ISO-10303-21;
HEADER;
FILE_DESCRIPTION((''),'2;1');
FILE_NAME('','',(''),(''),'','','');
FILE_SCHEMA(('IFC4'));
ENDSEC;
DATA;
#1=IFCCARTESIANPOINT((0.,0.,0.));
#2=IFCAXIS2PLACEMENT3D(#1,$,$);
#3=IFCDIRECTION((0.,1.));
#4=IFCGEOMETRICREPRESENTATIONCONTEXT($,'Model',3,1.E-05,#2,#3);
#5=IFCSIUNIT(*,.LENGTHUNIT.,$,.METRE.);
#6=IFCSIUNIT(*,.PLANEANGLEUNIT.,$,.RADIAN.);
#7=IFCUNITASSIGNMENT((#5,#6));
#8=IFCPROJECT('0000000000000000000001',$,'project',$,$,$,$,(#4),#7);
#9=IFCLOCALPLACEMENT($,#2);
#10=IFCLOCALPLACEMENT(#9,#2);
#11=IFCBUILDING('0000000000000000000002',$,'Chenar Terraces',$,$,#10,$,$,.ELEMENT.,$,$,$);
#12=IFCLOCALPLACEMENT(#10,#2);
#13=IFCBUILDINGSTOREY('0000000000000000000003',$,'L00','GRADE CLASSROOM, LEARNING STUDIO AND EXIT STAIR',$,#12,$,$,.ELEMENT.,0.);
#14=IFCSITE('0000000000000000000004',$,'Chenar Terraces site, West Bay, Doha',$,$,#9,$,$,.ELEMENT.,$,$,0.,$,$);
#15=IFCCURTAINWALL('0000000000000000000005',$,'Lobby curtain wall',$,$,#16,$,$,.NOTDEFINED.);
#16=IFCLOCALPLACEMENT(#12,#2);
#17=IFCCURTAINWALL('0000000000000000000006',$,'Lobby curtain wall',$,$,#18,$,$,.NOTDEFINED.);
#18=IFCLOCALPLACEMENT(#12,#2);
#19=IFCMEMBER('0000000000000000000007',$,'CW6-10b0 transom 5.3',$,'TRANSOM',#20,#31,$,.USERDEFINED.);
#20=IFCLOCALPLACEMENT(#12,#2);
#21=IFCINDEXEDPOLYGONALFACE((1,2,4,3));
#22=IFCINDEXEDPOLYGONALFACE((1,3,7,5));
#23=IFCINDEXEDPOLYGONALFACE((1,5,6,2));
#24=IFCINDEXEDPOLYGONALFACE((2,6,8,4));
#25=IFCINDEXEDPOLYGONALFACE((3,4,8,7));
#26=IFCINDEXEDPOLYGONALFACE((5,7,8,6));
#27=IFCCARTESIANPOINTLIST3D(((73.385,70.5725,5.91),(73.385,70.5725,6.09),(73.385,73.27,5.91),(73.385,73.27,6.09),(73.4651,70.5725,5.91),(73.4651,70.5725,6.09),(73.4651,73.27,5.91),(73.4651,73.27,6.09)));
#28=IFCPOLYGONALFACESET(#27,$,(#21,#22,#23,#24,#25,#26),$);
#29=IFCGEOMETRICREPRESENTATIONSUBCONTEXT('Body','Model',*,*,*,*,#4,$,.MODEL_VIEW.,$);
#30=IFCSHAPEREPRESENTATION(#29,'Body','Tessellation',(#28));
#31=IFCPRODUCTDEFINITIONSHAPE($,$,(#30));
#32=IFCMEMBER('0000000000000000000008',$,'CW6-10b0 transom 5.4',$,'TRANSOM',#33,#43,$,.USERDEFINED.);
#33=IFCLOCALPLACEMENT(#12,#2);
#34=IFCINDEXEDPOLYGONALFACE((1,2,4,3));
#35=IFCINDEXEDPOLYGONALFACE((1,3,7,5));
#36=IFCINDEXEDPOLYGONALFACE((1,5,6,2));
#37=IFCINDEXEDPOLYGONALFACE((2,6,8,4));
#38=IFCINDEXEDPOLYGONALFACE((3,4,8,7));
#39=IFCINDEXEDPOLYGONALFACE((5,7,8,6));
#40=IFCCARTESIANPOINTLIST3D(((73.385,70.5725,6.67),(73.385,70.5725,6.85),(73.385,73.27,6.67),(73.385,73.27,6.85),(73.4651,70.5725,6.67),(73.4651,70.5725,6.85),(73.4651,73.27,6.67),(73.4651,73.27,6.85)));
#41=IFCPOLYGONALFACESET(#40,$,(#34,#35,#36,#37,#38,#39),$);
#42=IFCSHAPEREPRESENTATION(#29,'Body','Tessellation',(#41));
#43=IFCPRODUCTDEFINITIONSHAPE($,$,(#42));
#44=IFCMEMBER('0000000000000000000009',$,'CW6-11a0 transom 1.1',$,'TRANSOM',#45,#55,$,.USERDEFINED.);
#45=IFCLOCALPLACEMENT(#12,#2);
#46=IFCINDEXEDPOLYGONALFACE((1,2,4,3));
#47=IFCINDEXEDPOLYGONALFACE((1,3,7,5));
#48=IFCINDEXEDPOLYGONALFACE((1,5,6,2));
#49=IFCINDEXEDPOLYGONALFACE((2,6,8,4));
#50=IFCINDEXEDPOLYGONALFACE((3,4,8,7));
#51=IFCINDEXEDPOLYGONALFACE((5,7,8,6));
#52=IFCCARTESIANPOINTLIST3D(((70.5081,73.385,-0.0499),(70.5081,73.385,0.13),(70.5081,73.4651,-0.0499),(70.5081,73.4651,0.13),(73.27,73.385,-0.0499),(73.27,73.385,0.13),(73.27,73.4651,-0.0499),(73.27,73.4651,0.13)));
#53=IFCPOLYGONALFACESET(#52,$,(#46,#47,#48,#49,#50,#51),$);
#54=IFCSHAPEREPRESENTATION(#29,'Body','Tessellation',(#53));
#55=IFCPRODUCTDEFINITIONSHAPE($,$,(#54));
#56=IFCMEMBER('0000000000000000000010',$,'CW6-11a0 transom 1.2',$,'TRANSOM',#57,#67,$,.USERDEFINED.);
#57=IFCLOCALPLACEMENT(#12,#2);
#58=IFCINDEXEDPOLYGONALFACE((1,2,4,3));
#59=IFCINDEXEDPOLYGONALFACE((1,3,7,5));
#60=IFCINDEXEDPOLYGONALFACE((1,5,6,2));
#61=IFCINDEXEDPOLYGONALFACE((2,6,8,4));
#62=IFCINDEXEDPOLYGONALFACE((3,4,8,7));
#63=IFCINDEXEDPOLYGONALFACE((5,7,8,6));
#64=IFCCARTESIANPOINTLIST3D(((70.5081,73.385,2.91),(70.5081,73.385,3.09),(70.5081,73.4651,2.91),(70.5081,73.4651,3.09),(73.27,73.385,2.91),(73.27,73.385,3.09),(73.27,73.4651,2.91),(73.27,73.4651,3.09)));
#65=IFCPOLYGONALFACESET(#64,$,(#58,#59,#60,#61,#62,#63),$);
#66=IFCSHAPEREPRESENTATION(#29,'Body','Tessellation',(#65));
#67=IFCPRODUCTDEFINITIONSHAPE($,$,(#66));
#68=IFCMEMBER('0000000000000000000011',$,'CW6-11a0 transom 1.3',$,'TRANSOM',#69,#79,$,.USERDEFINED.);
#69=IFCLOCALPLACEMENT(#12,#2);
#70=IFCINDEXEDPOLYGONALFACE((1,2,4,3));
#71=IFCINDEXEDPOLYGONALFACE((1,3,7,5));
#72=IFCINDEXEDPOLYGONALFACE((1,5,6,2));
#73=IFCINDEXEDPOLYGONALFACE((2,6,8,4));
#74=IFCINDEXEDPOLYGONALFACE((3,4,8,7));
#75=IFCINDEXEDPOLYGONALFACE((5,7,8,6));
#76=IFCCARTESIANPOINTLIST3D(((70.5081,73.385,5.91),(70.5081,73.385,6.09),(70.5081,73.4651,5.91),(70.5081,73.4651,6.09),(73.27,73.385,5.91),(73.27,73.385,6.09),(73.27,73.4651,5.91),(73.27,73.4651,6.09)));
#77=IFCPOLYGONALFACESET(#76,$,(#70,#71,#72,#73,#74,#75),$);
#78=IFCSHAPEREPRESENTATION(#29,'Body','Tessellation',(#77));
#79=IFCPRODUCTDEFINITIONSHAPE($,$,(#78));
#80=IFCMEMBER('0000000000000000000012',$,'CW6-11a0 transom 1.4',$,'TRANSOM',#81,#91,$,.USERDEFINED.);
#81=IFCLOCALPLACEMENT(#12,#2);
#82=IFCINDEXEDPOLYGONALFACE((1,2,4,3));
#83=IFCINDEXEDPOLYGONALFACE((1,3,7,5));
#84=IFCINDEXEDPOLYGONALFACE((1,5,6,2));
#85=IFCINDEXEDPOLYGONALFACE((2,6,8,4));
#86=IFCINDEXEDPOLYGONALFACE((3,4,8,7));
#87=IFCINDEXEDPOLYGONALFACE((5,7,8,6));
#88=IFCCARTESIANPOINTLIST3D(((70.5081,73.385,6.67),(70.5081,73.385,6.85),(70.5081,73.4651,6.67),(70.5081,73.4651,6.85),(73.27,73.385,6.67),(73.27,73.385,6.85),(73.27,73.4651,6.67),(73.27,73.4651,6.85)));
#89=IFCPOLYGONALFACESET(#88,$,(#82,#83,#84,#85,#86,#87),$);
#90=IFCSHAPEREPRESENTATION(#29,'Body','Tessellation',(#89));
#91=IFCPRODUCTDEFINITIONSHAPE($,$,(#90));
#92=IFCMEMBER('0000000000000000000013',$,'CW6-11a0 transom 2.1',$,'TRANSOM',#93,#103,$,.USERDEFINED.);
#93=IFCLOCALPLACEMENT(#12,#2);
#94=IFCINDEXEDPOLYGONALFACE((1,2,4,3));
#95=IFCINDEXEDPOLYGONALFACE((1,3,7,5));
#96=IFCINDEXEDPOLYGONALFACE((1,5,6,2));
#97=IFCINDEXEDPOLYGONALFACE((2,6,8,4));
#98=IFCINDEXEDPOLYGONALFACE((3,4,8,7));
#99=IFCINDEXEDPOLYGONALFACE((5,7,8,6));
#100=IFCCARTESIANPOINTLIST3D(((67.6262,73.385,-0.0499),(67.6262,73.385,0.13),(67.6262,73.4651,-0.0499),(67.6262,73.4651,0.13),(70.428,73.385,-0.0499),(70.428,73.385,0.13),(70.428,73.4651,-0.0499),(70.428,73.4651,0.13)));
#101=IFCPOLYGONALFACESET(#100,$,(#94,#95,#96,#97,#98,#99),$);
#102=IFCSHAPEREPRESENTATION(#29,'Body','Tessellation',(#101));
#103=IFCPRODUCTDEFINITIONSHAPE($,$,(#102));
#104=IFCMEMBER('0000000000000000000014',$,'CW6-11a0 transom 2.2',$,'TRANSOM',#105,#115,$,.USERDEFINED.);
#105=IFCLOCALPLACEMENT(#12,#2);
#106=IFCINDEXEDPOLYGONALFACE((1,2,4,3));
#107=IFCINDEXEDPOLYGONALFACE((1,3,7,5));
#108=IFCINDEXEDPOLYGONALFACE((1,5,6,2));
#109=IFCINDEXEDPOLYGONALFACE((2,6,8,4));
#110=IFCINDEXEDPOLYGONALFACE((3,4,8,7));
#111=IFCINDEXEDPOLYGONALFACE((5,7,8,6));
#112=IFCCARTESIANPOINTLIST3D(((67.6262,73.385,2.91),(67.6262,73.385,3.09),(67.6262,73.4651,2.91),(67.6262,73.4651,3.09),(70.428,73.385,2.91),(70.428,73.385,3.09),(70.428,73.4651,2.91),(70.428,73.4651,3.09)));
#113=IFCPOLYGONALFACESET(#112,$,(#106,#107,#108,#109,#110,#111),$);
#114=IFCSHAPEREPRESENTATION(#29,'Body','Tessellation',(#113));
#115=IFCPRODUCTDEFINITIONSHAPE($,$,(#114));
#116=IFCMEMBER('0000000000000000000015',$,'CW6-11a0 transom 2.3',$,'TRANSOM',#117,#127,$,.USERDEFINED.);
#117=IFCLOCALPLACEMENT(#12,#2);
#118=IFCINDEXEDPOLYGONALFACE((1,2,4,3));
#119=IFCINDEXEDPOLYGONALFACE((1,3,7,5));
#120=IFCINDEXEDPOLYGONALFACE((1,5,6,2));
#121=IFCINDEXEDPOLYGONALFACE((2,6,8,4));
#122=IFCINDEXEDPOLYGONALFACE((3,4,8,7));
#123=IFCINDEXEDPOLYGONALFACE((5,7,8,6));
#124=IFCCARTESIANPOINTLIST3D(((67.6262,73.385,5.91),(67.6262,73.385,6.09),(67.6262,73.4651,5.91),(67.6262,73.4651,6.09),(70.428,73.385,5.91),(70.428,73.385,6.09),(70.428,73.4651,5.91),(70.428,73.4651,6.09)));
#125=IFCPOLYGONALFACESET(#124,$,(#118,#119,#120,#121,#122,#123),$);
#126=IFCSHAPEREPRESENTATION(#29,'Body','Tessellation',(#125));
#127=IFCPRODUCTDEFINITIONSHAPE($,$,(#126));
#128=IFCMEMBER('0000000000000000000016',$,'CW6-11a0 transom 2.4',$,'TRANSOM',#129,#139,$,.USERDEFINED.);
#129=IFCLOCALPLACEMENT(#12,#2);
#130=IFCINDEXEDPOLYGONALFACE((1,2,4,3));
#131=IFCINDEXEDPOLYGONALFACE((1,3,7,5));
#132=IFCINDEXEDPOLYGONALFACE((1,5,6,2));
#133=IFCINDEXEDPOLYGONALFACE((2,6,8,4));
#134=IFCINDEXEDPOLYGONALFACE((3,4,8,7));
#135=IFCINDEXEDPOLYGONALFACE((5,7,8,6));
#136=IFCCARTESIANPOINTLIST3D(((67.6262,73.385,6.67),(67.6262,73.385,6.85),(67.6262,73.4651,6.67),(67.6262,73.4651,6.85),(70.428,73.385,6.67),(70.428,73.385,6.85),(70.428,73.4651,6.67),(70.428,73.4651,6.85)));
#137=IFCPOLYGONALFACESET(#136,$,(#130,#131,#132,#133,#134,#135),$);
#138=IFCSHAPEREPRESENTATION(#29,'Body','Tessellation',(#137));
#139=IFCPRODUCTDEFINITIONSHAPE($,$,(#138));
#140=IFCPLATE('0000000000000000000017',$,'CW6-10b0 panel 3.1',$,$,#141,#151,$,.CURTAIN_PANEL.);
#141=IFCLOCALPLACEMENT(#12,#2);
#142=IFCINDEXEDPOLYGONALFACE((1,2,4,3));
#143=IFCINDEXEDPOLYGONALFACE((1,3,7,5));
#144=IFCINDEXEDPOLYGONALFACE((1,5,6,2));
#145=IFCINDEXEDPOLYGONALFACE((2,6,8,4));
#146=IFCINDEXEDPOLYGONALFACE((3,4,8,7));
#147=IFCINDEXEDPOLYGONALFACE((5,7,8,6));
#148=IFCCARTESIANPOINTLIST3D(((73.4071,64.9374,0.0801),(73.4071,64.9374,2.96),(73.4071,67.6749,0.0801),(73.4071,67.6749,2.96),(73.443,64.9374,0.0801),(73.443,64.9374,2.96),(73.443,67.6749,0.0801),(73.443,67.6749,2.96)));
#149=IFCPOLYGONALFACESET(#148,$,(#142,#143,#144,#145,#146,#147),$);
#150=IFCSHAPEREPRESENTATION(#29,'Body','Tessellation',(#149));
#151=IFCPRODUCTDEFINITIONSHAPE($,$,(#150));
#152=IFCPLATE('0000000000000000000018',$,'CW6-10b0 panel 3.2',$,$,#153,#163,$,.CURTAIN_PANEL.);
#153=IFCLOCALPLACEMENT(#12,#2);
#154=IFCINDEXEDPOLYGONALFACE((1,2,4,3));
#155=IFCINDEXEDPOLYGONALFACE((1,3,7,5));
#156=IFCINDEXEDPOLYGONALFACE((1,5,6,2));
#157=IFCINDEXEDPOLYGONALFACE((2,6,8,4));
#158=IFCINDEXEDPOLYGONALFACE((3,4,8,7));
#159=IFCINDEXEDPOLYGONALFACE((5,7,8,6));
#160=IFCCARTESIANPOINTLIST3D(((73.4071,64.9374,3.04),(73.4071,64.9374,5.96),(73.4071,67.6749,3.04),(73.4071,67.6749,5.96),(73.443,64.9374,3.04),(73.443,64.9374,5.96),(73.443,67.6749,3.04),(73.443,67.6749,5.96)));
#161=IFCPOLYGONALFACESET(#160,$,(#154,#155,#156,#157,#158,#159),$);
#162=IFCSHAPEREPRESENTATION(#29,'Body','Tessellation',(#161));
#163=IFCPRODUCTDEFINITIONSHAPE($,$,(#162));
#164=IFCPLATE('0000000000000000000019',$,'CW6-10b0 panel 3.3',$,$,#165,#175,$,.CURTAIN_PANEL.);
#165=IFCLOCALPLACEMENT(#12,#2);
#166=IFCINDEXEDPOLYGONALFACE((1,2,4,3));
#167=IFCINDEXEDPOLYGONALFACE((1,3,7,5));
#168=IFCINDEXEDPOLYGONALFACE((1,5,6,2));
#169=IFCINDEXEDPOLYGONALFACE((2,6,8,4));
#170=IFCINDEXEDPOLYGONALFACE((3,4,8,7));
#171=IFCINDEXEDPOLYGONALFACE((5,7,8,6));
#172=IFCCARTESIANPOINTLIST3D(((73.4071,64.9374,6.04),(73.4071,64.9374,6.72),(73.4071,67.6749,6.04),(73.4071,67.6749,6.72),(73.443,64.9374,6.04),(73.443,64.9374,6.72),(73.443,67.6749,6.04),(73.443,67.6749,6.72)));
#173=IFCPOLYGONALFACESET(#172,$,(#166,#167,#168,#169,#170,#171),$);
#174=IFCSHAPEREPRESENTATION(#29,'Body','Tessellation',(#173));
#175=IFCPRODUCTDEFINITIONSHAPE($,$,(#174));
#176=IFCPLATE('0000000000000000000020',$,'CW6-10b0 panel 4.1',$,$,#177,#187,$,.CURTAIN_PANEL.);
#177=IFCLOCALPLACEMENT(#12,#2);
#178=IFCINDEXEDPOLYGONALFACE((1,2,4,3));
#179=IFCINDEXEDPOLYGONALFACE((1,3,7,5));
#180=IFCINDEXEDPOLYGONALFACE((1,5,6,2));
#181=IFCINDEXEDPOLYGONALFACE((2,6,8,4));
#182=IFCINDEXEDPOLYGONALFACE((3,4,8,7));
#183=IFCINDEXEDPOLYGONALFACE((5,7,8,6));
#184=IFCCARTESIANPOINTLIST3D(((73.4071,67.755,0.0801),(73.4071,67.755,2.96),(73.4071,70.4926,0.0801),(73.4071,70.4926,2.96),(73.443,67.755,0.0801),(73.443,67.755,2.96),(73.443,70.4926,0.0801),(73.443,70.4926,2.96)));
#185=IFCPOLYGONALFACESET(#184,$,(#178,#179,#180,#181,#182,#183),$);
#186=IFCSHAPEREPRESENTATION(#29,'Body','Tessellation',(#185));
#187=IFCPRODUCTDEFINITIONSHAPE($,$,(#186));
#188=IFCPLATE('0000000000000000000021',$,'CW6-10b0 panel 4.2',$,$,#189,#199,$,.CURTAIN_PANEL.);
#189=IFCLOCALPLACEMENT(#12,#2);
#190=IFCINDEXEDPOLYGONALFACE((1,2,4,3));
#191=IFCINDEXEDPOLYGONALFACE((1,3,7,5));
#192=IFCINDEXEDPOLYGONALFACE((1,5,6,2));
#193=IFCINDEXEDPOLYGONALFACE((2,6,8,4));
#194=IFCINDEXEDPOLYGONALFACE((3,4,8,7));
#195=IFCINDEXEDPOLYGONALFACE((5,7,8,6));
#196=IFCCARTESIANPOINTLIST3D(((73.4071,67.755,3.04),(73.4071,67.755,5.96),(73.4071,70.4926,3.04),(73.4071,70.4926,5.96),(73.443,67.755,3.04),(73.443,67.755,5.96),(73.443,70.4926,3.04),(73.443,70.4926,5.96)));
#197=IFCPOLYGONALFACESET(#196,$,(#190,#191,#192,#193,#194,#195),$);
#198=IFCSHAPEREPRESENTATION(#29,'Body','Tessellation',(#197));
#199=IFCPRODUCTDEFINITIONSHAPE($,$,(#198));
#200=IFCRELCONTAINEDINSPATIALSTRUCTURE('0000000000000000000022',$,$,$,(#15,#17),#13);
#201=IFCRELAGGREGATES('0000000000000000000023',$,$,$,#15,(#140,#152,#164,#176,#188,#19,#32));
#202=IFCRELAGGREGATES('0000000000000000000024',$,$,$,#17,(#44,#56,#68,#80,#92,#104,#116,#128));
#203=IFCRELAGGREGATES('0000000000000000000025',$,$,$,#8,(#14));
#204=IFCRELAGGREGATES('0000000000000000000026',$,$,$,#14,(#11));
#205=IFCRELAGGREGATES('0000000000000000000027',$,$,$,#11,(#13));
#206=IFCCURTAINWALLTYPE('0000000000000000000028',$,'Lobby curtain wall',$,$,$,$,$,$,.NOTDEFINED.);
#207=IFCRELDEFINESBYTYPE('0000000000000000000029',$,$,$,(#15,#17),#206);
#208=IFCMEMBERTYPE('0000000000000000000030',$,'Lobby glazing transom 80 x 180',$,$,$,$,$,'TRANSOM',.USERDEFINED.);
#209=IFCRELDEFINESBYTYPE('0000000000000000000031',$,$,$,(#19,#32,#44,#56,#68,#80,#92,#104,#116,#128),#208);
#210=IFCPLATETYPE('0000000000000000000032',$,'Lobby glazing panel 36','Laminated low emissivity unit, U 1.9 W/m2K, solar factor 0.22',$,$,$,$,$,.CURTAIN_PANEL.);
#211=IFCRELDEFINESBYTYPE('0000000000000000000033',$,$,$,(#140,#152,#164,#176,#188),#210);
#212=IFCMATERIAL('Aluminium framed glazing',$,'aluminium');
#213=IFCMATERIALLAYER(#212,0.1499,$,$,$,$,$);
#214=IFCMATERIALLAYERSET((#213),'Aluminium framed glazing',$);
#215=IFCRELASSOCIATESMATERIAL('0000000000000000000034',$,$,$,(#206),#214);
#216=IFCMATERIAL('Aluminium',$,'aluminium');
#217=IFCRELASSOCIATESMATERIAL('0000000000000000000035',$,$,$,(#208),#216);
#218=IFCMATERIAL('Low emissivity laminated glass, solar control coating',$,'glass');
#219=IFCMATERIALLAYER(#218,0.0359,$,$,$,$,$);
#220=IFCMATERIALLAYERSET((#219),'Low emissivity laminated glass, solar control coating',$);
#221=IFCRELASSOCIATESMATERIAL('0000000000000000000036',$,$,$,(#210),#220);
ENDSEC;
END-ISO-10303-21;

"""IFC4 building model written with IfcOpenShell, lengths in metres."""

from ifc_helpers import new_model, si_unit, direction, frame, origin, origin_2d, place, context, subcontext, project, spatial, rectangle, extrude, material, layer, layer_set, material_profile, profile_set, type_object, element, aggregate, save


model = new_model("IFC4")

# Units and contexts
model_context = context("Model", 3, precision=1e-05, world=origin(), true_north=direction((0.0, 1.0)))
body_context = subcontext(model_context, "Body", "Model", "MODEL_VIEW")
ifc_project = project(units=[si_unit("LENGTHUNIT", "METRE"), si_unit("PLANEANGLEUNIT", "RADIAN")], contexts=[model_context])

# Site, building, storey
site_placement = place(None, origin())
site = spatial("IfcSite", under=ifc_project, at=site_placement, Name="Chenar Terraces site, West Bay, Doha", CompositionType="ELEMENT", RefElevation=0.0)
building_placement = place(site_placement, origin())
building = spatial("IfcBuilding", under=site, at=building_placement, Name="Chenar Terraces", CompositionType="ELEMENT")
storey_placement = place(building_placement, origin())
storey = spatial("IfcBuildingStorey", under=building, at=storey_placement, Name="L00", Description="GRADE CLASSROOM, LEARNING STUDIO AND EXIT STAIR", CompositionType="ELEMENT", Elevation=0.0)

# Curtain walls
ifc_material_1 = material(Name="Aluminium framed glazing", Category="aluminium")
ifc_layer_1 = layer(ifc_material_1, 0.1499)
ifc_layer_set_1 = layer_set([ifc_layer_1], Name="Aluminium framed glazing")
curtain_wall_type = type_object("IfcCurtainWallType", Name="Lobby curtain wall", PredefinedType="NOTDEFINED", material=ifc_layer_set_1)
placement = place(storey_placement, origin())
curtain_wall_1 = element("IfcCurtainWall", 1, at=placement, inside=storey, type_object=curtain_wall_type, Name="Lobby curtain wall", PredefinedType="NOTDEFINED")
curtain_wall_2 = element("IfcCurtainWall", 2, at=placement, inside=storey, type_object=curtain_wall_type, Name="Lobby curtain wall", PredefinedType="NOTDEFINED")

# Members
ifc_material_2 = material(Name="Aluminium", Category="aluminium")
ifc_material_profile_1 = material_profile(ifc_material_2, rectangle(XDim=0.0801, YDim=0.1799, at=origin_2d()), Name="Lobby glazing transom 80 x 180")
ifc_profile_set_1 = profile_set([ifc_material_profile_1], Name="Aluminium")
member_type_1 = type_object("IfcMemberType", Name="Lobby glazing transom 80 x 180", ElementType="TRANSOM", PredefinedType="USERDEFINED", material=ifc_profile_set_1)
member_1_placement = place(storey_placement, frame((73.425, 70.5725, 6.0), z_axis=(0.0, 1.0, 0.0), x_axis=(-1.0, 0.0, 0.0)))
member_1 = element("IfcMember", 3, at=member_1_placement, type_object=member_type_1, Name="CW6-10b0 transom 5.3", ObjectType="TRANSOM", PredefinedType="USERDEFINED", context=body_context, shape_type="SweptSolid", body=[
    extrude(rectangle(XDim=0.0801, YDim=0.1799, at=origin_2d()), origin(), (0.0, 0.0, 1.0), 2.6975),
])
member_2_placement = place(storey_placement, frame((73.425, 70.5725, 6.76), z_axis=(0.0, 1.0, 0.0), x_axis=(-1.0, 0.0, 0.0)))
member_2 = element("IfcMember", 4, at=member_2_placement, type_object=member_type_1, Name="CW6-10b0 transom 5.4", ObjectType="TRANSOM", PredefinedType="USERDEFINED", context=body_context, shape_type="SweptSolid", body=[
    extrude(rectangle(XDim=0.0801, YDim=0.1799, at=origin_2d()), origin(), (0.0, 0.0, 1.0), 2.6975),
])
member_3_placement = place(storey_placement, frame((73.27, 73.425, 0.04), z_axis=(-1.0, 0.0, 0.0), x_axis=(0.0, -1.0, 0.0)))
member_3 = element("IfcMember", 5, at=member_3_placement, type_object=member_type_1, Name="CW6-11a0 transom 1.1", ObjectType="TRANSOM", PredefinedType="USERDEFINED", context=body_context, shape_type="SweptSolid", body=[
    extrude(rectangle(XDim=0.0801, YDim=0.1799, at=origin_2d()), origin(), (0.0, 0.0, 1.0), 2.762),
])
member_4_placement = place(storey_placement, frame((73.27, 73.425, 3.0), z_axis=(-1.0, 0.0, 0.0), x_axis=(0.0, -1.0, 0.0)))
member_4 = element("IfcMember", 6, at=member_4_placement, type_object=member_type_1, Name="CW6-11a0 transom 1.2", ObjectType="TRANSOM", PredefinedType="USERDEFINED", context=body_context, shape_type="SweptSolid", body=[
    extrude(rectangle(XDim=0.0801, YDim=0.1799, at=origin_2d()), origin(), (0.0, 0.0, 1.0), 2.762),
])
member_5_placement = place(storey_placement, frame((73.27, 73.425, 6.0), z_axis=(-1.0, 0.0, 0.0), x_axis=(0.0, -1.0, 0.0)))
member_5 = element("IfcMember", 7, at=member_5_placement, type_object=member_type_1, Name="CW6-11a0 transom 1.3", ObjectType="TRANSOM", PredefinedType="USERDEFINED", context=body_context, shape_type="SweptSolid", body=[
    extrude(rectangle(XDim=0.0801, YDim=0.1799, at=origin_2d()), origin(), (0.0, 0.0, 1.0), 2.762),
])
member_6_placement = place(storey_placement, frame((73.27, 73.425, 6.76), z_axis=(-1.0, 0.0, 0.0), x_axis=(0.0, -1.0, 0.0)))
member_6 = element("IfcMember", 8, at=member_6_placement, type_object=member_type_1, Name="CW6-11a0 transom 1.4", ObjectType="TRANSOM", PredefinedType="USERDEFINED", context=body_context, shape_type="SweptSolid", body=[
    extrude(rectangle(XDim=0.0801, YDim=0.1799, at=origin_2d()), origin(), (0.0, 0.0, 1.0), 2.762),
])
member_7_placement = place(storey_placement, frame((70.428, 73.425, 0.04), z_axis=(-1.0, 0.0, 0.0), x_axis=(0.0, -1.0, 0.0)))
member_7 = element("IfcMember", 9, at=member_7_placement, type_object=member_type_1, Name="CW6-11a0 transom 2.1", ObjectType="TRANSOM", PredefinedType="USERDEFINED", context=body_context, shape_type="SweptSolid", body=[
    extrude(rectangle(XDim=0.0801, YDim=0.1799, at=origin_2d()), origin(), (0.0, 0.0, 1.0), 2.8018),
])
member_8_placement = place(storey_placement, frame((70.428, 73.425, 3.0), z_axis=(-1.0, 0.0, 0.0), x_axis=(0.0, -1.0, 0.0)))
member_8 = element("IfcMember", 10, at=member_8_placement, type_object=member_type_1, Name="CW6-11a0 transom 2.2", ObjectType="TRANSOM", PredefinedType="USERDEFINED", context=body_context, shape_type="SweptSolid", body=[
    extrude(rectangle(XDim=0.0801, YDim=0.1799, at=origin_2d()), origin(), (0.0, 0.0, 1.0), 2.8018),
])
member_9_placement = place(storey_placement, frame((70.428, 73.425, 6.0), z_axis=(-1.0, 0.0, 0.0), x_axis=(0.0, -1.0, 0.0)))
member_9 = element("IfcMember", 11, at=member_9_placement, type_object=member_type_1, Name="CW6-11a0 transom 2.3", ObjectType="TRANSOM", PredefinedType="USERDEFINED", context=body_context, shape_type="SweptSolid", body=[
    extrude(rectangle(XDim=0.0801, YDim=0.1799, at=origin_2d()), origin(), (0.0, 0.0, 1.0), 2.8018),
])
member_10_placement = place(storey_placement, frame((70.428, 73.425, 6.76), z_axis=(-1.0, 0.0, 0.0), x_axis=(0.0, -1.0, 0.0)))
member_10 = element("IfcMember", 12, at=member_10_placement, type_object=member_type_1, Name="CW6-11a0 transom 2.4", ObjectType="TRANSOM", PredefinedType="USERDEFINED", context=body_context, shape_type="SweptSolid", body=[
    extrude(rectangle(XDim=0.0801, YDim=0.1799, at=origin_2d()), origin(), (0.0, 0.0, 1.0), 2.8018),
])

# Plates
ifc_material_3 = material(Name="Low emissivity laminated glass, solar control coating", Category="glass")
ifc_layer_2 = layer(ifc_material_3, 0.0359)
ifc_layer_set_2 = layer_set([ifc_layer_2], Name="Low emissivity laminated glass, solar control coating")
plate_type = type_object("IfcPlateType", Name="Lobby glazing panel 36", Description="Laminated low emissivity unit, U 1.9 W/m2K, solar factor 0.22", PredefinedType="CURTAIN_PANEL", material=ifc_layer_set_2)
plate_1_placement = place(storey_placement, frame((73.425, 66.3062, 0.0801), z_axis=(0.0, 0.0, 1.0), x_axis=(0.0, 1.0, 0.0)))
plate_1 = element("IfcPlate", 13, at=plate_1_placement, type_object=plate_type, Name="CW6-10b0 panel 3.1", PredefinedType="CURTAIN_PANEL", context=body_context, shape_type="SweptSolid", body=[
    extrude(rectangle(XDim=2.7375, YDim=0.0359, at=origin_2d()), origin(), (0.0, 0.0, 1.0), 2.8799),
])
plate_2_placement = place(storey_placement, frame((73.425, 66.3062, 3.04), z_axis=(0.0, 0.0, 1.0), x_axis=(0.0, 1.0, 0.0)))
plate_2 = element("IfcPlate", 14, at=plate_2_placement, type_object=plate_type, Name="CW6-10b0 panel 3.2", PredefinedType="CURTAIN_PANEL", context=body_context, shape_type="SweptSolid", body=[
    extrude(rectangle(XDim=2.7375, YDim=0.0359, at=origin_2d()), origin(), (0.0, 0.0, 1.0), 2.9199),
])
plate_3_placement = place(storey_placement, frame((73.425, 66.3062, 6.04), z_axis=(0.0, 0.0, 1.0), x_axis=(0.0, 1.0, 0.0)))
plate_3 = element("IfcPlate", 15, at=plate_3_placement, type_object=plate_type, Name="CW6-10b0 panel 3.3", PredefinedType="CURTAIN_PANEL", context=body_context, shape_type="SweptSolid", body=[
    extrude(rectangle(XDim=2.7375, YDim=0.0359, at=origin_2d()), origin(), (0.0, 0.0, 1.0), 0.6799),
])
plate_4_placement = place(storey_placement, frame((73.425, 69.1238, 0.0801), z_axis=(0.0, 0.0, 1.0), x_axis=(0.0, 1.0, 0.0)))
plate_4 = element("IfcPlate", 16, at=plate_4_placement, type_object=plate_type, Name="CW6-10b0 panel 4.1", PredefinedType="CURTAIN_PANEL", context=body_context, shape_type="SweptSolid", body=[
    extrude(rectangle(XDim=2.7375, YDim=0.0359, at=origin_2d()), origin(), (0.0, 0.0, 1.0), 2.8799),
])
plate_5_placement = place(storey_placement, frame((73.425, 69.1238, 3.04), z_axis=(0.0, 0.0, 1.0), x_axis=(0.0, 1.0, 0.0)))
plate_5 = element("IfcPlate", 17, at=plate_5_placement, type_object=plate_type, Name="CW6-10b0 panel 4.2", PredefinedType="CURTAIN_PANEL", context=body_context, shape_type="SweptSolid", body=[
    extrude(rectangle(XDim=2.7375, YDim=0.0359, at=origin_2d()), origin(), (0.0, 0.0, 1.0), 2.9199),
])
aggregate(curtain_wall_1, [plate_1, plate_2, plate_3, plate_4, plate_5, member_1, member_2])
aggregate(curtain_wall_2, [member_3, member_4, member_5, member_6, member_7, member_8, member_9, member_10])

save(model, "model.ifc")
